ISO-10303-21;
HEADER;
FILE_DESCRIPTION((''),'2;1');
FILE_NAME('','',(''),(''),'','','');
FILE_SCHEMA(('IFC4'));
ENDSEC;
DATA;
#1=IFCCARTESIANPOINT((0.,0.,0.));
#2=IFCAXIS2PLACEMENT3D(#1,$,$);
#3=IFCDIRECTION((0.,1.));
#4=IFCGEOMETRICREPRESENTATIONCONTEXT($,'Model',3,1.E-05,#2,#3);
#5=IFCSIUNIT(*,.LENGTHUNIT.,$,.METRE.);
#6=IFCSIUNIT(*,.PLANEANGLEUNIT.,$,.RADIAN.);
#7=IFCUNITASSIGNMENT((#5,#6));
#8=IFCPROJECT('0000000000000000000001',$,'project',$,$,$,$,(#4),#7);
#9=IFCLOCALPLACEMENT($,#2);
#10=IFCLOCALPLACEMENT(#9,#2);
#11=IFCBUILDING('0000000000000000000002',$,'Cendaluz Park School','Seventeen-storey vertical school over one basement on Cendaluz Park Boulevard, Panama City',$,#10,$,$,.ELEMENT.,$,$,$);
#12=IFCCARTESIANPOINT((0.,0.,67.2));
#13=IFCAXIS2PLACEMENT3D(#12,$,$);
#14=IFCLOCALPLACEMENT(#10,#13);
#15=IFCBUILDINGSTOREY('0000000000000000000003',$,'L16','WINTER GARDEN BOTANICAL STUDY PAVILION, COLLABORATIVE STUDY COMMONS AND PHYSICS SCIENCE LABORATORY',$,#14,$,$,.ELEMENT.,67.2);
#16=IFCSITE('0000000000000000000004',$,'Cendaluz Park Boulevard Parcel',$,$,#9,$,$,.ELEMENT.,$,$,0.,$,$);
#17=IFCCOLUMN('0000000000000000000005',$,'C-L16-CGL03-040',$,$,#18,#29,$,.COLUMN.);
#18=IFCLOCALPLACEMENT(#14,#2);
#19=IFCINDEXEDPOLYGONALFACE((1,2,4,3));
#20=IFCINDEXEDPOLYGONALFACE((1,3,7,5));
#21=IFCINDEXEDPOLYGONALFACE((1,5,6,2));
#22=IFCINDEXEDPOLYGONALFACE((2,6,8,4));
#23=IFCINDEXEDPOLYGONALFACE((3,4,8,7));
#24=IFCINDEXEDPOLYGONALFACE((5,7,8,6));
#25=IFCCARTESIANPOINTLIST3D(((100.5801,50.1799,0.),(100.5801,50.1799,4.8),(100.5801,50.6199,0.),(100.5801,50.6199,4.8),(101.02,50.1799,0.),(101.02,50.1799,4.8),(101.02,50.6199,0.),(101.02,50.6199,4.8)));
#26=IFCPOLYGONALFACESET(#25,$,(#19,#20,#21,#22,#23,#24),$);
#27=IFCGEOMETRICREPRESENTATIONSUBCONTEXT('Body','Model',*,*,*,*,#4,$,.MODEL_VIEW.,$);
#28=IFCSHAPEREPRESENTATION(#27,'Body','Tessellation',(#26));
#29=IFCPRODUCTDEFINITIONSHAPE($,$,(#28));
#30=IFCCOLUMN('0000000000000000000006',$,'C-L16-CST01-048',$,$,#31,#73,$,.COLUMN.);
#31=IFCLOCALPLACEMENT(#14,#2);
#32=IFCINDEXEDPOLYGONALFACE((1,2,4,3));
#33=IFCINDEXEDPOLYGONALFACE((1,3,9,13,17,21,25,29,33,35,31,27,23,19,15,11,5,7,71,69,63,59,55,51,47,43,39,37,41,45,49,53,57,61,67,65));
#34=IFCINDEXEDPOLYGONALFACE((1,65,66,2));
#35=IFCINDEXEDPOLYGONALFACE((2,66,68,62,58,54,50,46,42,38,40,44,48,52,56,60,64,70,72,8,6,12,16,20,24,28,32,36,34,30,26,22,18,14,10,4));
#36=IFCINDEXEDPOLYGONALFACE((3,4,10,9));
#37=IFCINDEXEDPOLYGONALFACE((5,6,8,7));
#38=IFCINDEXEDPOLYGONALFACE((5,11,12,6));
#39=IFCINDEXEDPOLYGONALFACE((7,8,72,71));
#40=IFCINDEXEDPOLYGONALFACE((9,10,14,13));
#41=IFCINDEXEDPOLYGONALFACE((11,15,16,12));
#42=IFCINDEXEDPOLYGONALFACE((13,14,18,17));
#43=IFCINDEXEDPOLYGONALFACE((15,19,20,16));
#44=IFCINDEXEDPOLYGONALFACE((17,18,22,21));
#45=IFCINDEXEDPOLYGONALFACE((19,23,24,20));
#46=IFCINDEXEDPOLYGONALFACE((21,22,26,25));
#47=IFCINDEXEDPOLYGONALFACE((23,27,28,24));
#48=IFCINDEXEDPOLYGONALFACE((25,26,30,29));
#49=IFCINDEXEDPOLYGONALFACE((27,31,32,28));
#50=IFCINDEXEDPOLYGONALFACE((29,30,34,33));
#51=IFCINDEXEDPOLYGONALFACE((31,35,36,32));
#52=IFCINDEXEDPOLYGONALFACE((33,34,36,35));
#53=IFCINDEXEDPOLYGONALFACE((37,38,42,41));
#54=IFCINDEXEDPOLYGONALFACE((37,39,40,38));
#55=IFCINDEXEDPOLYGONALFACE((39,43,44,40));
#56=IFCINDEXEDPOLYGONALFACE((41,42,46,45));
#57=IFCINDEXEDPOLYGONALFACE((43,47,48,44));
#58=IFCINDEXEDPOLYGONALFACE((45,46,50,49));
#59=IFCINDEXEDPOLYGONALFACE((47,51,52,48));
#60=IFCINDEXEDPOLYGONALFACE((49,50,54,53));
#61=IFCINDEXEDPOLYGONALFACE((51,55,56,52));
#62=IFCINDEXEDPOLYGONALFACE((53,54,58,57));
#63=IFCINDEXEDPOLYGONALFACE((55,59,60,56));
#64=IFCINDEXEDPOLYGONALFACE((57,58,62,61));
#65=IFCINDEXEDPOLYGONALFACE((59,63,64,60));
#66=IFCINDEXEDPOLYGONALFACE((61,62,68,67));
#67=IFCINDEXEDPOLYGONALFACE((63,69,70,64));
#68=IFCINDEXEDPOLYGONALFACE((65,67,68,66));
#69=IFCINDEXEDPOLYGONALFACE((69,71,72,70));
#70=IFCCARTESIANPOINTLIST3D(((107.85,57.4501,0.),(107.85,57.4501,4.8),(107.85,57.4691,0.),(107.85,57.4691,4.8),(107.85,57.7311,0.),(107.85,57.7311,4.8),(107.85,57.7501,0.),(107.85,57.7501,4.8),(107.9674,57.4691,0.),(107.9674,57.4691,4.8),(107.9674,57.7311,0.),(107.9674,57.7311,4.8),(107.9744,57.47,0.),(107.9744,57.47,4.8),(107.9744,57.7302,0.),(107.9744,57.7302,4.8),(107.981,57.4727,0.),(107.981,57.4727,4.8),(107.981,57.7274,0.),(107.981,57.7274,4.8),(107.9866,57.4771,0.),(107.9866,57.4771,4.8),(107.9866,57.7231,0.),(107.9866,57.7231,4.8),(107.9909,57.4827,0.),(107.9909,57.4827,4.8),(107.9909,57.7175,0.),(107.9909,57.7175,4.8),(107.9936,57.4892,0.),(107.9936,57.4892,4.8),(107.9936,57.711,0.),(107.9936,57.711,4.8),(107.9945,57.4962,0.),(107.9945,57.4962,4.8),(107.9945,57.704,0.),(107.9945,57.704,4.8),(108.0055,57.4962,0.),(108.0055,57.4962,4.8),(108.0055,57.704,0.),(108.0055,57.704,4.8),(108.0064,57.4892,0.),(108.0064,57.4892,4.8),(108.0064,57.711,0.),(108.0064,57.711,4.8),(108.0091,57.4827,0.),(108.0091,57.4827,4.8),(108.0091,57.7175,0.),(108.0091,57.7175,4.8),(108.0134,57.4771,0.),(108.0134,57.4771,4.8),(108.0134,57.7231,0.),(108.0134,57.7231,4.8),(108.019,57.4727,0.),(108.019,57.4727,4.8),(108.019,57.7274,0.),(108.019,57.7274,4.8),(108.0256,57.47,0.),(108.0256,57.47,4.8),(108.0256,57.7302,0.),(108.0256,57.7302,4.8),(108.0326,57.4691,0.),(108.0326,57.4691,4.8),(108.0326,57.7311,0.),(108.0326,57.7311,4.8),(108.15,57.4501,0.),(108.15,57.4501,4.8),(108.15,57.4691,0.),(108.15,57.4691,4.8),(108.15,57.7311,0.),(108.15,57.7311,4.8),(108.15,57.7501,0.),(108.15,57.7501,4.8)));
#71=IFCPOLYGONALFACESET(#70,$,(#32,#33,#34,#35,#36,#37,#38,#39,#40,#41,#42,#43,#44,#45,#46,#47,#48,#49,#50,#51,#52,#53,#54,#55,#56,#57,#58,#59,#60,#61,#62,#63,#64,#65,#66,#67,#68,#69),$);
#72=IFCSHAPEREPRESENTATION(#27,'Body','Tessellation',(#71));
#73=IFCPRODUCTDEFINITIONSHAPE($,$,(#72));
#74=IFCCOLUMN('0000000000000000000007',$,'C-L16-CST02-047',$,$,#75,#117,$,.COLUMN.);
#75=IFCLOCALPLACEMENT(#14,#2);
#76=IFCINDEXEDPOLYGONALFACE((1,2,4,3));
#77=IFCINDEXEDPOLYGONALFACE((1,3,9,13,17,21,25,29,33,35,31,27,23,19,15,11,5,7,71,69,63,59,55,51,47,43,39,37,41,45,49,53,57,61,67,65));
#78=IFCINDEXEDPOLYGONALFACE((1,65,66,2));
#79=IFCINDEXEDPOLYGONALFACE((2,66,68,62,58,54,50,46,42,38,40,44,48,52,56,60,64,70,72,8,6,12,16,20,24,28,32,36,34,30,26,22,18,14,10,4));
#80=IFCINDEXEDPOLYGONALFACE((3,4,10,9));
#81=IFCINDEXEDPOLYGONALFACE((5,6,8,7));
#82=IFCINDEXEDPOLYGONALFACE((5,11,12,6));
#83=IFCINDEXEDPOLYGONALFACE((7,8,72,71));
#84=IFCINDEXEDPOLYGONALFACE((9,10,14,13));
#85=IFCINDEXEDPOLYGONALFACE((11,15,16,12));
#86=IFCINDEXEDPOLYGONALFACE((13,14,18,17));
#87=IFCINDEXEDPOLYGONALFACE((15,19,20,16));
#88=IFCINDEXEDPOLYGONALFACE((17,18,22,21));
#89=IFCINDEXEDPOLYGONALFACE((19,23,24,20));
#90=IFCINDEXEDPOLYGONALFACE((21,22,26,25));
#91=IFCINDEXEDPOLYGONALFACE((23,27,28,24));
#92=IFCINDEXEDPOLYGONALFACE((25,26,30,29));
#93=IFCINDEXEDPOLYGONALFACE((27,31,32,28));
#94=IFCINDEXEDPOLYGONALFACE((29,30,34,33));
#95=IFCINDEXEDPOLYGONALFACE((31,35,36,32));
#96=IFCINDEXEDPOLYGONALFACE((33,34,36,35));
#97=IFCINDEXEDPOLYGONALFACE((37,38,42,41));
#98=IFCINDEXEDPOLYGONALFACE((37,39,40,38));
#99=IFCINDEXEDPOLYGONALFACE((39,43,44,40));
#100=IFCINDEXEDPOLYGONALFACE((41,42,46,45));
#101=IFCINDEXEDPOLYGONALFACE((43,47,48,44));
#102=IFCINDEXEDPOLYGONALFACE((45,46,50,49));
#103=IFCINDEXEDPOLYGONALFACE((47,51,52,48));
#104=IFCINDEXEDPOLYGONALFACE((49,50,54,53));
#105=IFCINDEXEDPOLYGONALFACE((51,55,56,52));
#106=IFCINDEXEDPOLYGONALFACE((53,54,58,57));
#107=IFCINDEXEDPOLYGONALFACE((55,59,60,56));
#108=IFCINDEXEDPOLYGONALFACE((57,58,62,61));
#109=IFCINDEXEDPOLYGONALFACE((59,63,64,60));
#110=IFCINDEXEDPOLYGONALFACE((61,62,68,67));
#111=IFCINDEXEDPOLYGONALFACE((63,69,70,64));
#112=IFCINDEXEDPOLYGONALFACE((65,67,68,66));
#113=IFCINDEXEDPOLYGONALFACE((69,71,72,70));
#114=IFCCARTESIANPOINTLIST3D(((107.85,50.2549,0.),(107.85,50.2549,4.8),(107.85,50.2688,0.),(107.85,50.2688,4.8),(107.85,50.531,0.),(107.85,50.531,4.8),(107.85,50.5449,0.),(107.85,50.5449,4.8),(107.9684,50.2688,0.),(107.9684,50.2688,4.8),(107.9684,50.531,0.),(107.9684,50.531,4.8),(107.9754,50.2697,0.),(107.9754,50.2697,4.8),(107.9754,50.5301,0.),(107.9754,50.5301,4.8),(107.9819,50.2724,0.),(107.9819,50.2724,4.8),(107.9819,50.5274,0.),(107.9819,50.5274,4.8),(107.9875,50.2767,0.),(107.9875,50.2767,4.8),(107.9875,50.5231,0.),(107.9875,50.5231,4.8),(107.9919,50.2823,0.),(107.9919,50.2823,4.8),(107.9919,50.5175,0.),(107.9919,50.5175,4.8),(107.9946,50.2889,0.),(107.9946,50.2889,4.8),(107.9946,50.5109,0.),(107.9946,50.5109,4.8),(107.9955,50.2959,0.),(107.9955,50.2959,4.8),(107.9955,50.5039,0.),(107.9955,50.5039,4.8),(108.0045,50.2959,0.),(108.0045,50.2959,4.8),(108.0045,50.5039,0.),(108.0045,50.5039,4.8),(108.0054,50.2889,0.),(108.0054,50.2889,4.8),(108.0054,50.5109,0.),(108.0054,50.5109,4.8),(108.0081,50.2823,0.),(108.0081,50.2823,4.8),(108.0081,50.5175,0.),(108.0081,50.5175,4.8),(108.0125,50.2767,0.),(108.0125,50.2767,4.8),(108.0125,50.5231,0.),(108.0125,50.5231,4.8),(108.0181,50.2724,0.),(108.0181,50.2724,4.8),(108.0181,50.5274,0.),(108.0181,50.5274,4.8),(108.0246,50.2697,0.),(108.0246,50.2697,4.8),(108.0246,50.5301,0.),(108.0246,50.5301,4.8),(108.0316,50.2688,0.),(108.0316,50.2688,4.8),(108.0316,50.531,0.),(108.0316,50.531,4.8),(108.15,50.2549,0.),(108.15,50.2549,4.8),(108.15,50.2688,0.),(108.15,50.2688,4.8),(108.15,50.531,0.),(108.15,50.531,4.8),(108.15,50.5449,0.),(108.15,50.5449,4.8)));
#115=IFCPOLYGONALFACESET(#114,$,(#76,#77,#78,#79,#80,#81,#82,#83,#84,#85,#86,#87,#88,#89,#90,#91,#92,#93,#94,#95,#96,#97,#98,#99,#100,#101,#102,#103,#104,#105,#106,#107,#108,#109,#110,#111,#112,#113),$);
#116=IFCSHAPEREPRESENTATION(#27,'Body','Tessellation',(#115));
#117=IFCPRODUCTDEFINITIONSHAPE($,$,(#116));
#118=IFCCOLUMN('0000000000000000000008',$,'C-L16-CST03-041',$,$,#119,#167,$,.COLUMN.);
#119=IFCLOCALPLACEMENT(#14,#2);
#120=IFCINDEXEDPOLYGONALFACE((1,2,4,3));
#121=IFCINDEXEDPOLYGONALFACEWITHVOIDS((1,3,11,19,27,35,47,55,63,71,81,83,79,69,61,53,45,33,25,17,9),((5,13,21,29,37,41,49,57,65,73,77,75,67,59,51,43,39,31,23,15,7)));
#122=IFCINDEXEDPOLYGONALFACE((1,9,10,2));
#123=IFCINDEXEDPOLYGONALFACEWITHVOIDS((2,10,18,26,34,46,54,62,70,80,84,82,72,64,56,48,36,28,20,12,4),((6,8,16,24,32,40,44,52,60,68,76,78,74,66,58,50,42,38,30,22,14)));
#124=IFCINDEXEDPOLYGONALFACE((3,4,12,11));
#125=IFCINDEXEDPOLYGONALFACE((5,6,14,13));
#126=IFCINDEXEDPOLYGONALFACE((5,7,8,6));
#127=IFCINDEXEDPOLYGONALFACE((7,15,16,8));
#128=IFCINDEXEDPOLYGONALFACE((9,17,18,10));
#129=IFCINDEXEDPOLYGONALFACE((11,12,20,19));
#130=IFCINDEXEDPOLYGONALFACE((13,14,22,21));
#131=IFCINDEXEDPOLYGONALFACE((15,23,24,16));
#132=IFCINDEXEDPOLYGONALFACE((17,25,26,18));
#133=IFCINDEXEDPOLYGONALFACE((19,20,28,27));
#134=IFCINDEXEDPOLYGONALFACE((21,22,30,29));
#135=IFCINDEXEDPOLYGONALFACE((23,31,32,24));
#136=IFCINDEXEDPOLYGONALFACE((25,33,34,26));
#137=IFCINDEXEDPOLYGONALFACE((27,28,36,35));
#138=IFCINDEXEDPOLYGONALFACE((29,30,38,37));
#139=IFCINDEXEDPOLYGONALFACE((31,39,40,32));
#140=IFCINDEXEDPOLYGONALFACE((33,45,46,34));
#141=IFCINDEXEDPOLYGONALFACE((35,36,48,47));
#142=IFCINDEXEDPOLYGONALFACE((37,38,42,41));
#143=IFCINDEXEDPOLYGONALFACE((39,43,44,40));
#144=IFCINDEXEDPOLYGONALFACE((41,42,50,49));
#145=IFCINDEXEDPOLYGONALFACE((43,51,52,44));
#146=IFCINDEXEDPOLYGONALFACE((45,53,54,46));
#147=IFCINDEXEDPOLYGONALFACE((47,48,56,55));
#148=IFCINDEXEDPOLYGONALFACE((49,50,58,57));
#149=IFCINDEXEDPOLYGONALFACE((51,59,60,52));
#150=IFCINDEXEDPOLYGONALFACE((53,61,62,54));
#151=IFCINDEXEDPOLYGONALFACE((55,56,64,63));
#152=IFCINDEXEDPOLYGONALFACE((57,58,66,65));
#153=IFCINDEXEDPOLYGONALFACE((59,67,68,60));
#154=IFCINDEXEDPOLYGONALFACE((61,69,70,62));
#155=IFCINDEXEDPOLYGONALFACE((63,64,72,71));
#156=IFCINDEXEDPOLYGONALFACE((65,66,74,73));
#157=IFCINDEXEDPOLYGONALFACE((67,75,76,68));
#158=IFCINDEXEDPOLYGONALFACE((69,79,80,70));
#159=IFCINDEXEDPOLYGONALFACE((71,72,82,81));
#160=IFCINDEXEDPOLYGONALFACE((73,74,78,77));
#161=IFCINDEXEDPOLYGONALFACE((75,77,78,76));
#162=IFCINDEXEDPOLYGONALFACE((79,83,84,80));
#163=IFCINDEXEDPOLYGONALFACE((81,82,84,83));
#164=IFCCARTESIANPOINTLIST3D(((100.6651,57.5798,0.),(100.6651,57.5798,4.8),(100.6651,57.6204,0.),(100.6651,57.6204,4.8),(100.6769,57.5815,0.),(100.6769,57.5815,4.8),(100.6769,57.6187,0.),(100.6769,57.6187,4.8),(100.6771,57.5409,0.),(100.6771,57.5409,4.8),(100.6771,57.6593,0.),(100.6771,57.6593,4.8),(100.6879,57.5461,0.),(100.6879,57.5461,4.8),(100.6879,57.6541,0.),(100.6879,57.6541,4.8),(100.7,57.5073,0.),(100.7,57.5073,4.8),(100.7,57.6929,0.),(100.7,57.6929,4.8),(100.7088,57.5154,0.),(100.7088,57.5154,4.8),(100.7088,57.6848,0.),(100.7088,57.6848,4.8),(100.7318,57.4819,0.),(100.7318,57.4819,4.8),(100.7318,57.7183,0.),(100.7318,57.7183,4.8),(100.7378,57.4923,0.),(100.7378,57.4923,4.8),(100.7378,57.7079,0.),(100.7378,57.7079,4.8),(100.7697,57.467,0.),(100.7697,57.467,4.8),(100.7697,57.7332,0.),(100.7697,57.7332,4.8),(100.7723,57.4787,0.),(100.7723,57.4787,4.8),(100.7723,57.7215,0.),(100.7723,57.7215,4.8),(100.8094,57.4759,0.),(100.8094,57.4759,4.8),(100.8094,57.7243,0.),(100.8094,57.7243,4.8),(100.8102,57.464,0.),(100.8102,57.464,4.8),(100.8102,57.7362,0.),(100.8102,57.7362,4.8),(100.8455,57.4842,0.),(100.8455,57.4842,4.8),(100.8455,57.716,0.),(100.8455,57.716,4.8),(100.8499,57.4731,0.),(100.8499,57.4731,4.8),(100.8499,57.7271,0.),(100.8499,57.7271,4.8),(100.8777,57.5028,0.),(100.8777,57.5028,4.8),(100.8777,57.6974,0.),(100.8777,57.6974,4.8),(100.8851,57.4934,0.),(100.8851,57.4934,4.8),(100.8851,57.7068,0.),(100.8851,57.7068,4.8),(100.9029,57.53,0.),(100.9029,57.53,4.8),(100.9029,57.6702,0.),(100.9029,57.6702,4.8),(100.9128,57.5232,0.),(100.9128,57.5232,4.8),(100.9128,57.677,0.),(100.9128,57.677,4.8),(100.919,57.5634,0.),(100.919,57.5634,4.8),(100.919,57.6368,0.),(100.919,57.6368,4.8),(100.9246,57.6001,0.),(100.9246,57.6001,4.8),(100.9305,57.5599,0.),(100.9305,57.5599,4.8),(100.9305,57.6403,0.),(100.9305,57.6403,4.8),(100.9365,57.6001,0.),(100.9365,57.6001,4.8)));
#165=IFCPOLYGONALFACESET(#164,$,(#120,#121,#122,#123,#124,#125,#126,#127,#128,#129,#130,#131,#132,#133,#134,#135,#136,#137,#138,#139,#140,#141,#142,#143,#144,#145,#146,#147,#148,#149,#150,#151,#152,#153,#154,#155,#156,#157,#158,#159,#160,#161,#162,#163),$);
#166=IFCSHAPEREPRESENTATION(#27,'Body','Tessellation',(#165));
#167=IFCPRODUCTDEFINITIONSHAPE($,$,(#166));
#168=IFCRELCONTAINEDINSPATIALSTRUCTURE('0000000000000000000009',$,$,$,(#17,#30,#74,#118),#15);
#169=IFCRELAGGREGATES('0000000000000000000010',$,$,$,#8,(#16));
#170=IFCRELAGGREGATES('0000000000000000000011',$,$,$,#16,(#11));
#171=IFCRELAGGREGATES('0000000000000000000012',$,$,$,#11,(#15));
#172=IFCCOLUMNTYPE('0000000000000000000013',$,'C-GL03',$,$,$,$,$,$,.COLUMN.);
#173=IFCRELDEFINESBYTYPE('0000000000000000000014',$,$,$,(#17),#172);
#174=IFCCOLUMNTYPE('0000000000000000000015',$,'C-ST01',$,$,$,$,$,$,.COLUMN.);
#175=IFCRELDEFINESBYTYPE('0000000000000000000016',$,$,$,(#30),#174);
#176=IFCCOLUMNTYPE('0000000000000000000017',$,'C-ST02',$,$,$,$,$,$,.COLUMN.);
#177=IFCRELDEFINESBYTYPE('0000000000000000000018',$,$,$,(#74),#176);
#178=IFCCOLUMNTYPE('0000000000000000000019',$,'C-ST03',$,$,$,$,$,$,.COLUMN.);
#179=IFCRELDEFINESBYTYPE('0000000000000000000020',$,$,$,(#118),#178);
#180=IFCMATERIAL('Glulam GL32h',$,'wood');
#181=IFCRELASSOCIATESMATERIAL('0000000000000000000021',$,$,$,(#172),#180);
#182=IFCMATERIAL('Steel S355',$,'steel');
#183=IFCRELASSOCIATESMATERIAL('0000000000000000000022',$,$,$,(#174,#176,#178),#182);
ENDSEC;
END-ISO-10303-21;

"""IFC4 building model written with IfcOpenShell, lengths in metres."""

from ifc_helpers import new_model, si_unit, direction, frame, origin, origin_2d, place, context, subcontext, project, spatial, rectangle, hollow_circle, i_section, extrude, material, material_profile, profile_set, type_object, element, save


model = new_model("IFC4")

# Units and contexts
model_context = context("Model", 3, precision=1e-05, world=origin(), true_north=direction((0.0, 1.0)))
body_context = subcontext(model_context, "Body", "Model", "MODEL_VIEW")
ifc_project = project(units=[si_unit("LENGTHUNIT", "METRE"), si_unit("PLANEANGLEUNIT", "RADIAN")], contexts=[model_context])

# Site, building, storey
site_placement = place(None, origin())
site = spatial("IfcSite", under=ifc_project, at=site_placement, Name="Cendaluz Park Boulevard Parcel", CompositionType="ELEMENT", RefElevation=0.0)
building_placement = place(site_placement, origin())
building = spatial("IfcBuilding", under=site, at=building_placement, Name="Cendaluz Park School", Description="Seventeen-storey vertical school over one basement on Cendaluz Park Boulevard, Panama City", CompositionType="ELEMENT")
storey_placement = place(building_placement, frame((0.0, 0.0, 67.2)))
storey = spatial("IfcBuildingStorey", under=building, at=storey_placement, Name="L16", Description="WINTER GARDEN BOTANICAL STUDY PAVILION, COLLABORATIVE STUDY COMMONS AND PHYSICS SCIENCE LABORATORY", CompositionType="ELEMENT", Elevation=67.2)

# Columns
ifc_material_1 = material(Name="Glulam GL32h", Category="wood")
ifc_material_profile_1 = material_profile(ifc_material_1, rectangle(XDim=0.4399, YDim=0.4399, at=origin_2d()), Name="GL32h 440x440", Category="wood")
ifc_profile_set_1 = profile_set([ifc_material_profile_1], Name="Glulam GL32h")
column_type_1 = type_object("IfcColumnType", Name="C-GL03", PredefinedType="COLUMN", material=ifc_profile_set_1)
column_1_placement = place(storey_placement, frame((100.8, 50.3999, 0.0), z_axis=(0.0, 0.0, 1.0), x_axis=(1.0, 0.0, 0.0)))
element("IfcColumn", 1, at=column_1_placement, inside=storey, type_object=column_type_1, Name="C-L16-CGL03-040", PredefinedType="COLUMN", context=body_context, shape_type="SweptSolid", body=[
    extrude(rectangle(XDim=0.4399, YDim=0.4399, at=origin_2d()), origin(), (0.0, 0.0, 1.0), 4.8),
])
ifc_material_2 = material(Name="Steel S355", Category="steel")
ifc_material_profile_2 = material_profile(ifc_material_2, i_section(OverallWidth=0.3, OverallDepth=0.3, WebThickness=0.011, FlangeThickness=0.019, FilletRadius=0.0271, at=origin_2d()), Name="HEB 300", Category="steel")
ifc_profile_set_2 = profile_set([ifc_material_profile_2], Name="Steel S355")
column_type_2 = type_object("IfcColumnType", Name="C-ST01", PredefinedType="COLUMN", material=ifc_profile_set_2)
column_2_placement = place(storey_placement, frame((108.0, 57.6001, 0.0), z_axis=(0.0, 0.0, 1.0), x_axis=(1.0, 0.0, 0.0)))
element("IfcColumn", 2, at=column_2_placement, inside=storey, type_object=column_type_2, Name="C-L16-CST01-048", PredefinedType="COLUMN", context=body_context, shape_type="SweptSolid", body=[
    extrude(i_section(OverallWidth=0.3, OverallDepth=0.3, WebThickness=0.011, FlangeThickness=0.019, FilletRadius=0.0271, at=origin_2d()), origin(), (0.0, 0.0, 1.0), 4.8),
])
ifc_material_profile_3 = material_profile(ifc_material_2, i_section(OverallWidth=0.3, OverallDepth=0.29, WebThickness=0.009, FlangeThickness=0.0139, FilletRadius=0.0271, at=origin_2d()), Name="HEA 300", Category="steel")
ifc_profile_set_3 = profile_set([ifc_material_profile_3], Name="Steel S355")
column_type_3 = type_object("IfcColumnType", Name="C-ST02", PredefinedType="COLUMN", material=ifc_profile_set_3)
column_3_placement = place(storey_placement, frame((108.0, 50.3999, 0.0), z_axis=(0.0, 0.0, 1.0), x_axis=(1.0, 0.0, 0.0)))
element("IfcColumn", 3, at=column_3_placement, inside=storey, type_object=column_type_3, Name="C-L16-CST02-047", PredefinedType="COLUMN", context=body_context, shape_type="SweptSolid", body=[
    extrude(i_section(OverallWidth=0.3, OverallDepth=0.29, WebThickness=0.009, FlangeThickness=0.0139, FilletRadius=0.0271, at=origin_2d()), origin(), (0.0, 0.0, 1.0), 4.8),
])
ifc_material_profile_4 = material_profile(ifc_material_2, hollow_circle(Radius=0.1365, WallThickness=0.012, at=origin_2d()), Name="CHS 273x12", Category="steel")
ifc_profile_set_4 = profile_set([ifc_material_profile_4], Name="Steel S355")
column_type_4 = type_object("IfcColumnType", Name="C-ST03", PredefinedType="COLUMN", material=ifc_profile_set_4)
column_4_placement = place(storey_placement, frame((100.8, 57.6001, 0.0), z_axis=(0.0, 0.0, 1.0), x_axis=(1.0, 0.0, 0.0)))
element("IfcColumn", 4, at=column_4_placement, inside=storey, type_object=column_type_4, Name="C-L16-CST03-041", PredefinedType="COLUMN", context=body_context, shape_type="SweptSolid", body=[
    extrude(hollow_circle(Radius=0.1365, WallThickness=0.012, at=origin_2d()), origin(), (0.0, 0.0, 1.0), 4.8),
])

save(model, "model.ifc")
